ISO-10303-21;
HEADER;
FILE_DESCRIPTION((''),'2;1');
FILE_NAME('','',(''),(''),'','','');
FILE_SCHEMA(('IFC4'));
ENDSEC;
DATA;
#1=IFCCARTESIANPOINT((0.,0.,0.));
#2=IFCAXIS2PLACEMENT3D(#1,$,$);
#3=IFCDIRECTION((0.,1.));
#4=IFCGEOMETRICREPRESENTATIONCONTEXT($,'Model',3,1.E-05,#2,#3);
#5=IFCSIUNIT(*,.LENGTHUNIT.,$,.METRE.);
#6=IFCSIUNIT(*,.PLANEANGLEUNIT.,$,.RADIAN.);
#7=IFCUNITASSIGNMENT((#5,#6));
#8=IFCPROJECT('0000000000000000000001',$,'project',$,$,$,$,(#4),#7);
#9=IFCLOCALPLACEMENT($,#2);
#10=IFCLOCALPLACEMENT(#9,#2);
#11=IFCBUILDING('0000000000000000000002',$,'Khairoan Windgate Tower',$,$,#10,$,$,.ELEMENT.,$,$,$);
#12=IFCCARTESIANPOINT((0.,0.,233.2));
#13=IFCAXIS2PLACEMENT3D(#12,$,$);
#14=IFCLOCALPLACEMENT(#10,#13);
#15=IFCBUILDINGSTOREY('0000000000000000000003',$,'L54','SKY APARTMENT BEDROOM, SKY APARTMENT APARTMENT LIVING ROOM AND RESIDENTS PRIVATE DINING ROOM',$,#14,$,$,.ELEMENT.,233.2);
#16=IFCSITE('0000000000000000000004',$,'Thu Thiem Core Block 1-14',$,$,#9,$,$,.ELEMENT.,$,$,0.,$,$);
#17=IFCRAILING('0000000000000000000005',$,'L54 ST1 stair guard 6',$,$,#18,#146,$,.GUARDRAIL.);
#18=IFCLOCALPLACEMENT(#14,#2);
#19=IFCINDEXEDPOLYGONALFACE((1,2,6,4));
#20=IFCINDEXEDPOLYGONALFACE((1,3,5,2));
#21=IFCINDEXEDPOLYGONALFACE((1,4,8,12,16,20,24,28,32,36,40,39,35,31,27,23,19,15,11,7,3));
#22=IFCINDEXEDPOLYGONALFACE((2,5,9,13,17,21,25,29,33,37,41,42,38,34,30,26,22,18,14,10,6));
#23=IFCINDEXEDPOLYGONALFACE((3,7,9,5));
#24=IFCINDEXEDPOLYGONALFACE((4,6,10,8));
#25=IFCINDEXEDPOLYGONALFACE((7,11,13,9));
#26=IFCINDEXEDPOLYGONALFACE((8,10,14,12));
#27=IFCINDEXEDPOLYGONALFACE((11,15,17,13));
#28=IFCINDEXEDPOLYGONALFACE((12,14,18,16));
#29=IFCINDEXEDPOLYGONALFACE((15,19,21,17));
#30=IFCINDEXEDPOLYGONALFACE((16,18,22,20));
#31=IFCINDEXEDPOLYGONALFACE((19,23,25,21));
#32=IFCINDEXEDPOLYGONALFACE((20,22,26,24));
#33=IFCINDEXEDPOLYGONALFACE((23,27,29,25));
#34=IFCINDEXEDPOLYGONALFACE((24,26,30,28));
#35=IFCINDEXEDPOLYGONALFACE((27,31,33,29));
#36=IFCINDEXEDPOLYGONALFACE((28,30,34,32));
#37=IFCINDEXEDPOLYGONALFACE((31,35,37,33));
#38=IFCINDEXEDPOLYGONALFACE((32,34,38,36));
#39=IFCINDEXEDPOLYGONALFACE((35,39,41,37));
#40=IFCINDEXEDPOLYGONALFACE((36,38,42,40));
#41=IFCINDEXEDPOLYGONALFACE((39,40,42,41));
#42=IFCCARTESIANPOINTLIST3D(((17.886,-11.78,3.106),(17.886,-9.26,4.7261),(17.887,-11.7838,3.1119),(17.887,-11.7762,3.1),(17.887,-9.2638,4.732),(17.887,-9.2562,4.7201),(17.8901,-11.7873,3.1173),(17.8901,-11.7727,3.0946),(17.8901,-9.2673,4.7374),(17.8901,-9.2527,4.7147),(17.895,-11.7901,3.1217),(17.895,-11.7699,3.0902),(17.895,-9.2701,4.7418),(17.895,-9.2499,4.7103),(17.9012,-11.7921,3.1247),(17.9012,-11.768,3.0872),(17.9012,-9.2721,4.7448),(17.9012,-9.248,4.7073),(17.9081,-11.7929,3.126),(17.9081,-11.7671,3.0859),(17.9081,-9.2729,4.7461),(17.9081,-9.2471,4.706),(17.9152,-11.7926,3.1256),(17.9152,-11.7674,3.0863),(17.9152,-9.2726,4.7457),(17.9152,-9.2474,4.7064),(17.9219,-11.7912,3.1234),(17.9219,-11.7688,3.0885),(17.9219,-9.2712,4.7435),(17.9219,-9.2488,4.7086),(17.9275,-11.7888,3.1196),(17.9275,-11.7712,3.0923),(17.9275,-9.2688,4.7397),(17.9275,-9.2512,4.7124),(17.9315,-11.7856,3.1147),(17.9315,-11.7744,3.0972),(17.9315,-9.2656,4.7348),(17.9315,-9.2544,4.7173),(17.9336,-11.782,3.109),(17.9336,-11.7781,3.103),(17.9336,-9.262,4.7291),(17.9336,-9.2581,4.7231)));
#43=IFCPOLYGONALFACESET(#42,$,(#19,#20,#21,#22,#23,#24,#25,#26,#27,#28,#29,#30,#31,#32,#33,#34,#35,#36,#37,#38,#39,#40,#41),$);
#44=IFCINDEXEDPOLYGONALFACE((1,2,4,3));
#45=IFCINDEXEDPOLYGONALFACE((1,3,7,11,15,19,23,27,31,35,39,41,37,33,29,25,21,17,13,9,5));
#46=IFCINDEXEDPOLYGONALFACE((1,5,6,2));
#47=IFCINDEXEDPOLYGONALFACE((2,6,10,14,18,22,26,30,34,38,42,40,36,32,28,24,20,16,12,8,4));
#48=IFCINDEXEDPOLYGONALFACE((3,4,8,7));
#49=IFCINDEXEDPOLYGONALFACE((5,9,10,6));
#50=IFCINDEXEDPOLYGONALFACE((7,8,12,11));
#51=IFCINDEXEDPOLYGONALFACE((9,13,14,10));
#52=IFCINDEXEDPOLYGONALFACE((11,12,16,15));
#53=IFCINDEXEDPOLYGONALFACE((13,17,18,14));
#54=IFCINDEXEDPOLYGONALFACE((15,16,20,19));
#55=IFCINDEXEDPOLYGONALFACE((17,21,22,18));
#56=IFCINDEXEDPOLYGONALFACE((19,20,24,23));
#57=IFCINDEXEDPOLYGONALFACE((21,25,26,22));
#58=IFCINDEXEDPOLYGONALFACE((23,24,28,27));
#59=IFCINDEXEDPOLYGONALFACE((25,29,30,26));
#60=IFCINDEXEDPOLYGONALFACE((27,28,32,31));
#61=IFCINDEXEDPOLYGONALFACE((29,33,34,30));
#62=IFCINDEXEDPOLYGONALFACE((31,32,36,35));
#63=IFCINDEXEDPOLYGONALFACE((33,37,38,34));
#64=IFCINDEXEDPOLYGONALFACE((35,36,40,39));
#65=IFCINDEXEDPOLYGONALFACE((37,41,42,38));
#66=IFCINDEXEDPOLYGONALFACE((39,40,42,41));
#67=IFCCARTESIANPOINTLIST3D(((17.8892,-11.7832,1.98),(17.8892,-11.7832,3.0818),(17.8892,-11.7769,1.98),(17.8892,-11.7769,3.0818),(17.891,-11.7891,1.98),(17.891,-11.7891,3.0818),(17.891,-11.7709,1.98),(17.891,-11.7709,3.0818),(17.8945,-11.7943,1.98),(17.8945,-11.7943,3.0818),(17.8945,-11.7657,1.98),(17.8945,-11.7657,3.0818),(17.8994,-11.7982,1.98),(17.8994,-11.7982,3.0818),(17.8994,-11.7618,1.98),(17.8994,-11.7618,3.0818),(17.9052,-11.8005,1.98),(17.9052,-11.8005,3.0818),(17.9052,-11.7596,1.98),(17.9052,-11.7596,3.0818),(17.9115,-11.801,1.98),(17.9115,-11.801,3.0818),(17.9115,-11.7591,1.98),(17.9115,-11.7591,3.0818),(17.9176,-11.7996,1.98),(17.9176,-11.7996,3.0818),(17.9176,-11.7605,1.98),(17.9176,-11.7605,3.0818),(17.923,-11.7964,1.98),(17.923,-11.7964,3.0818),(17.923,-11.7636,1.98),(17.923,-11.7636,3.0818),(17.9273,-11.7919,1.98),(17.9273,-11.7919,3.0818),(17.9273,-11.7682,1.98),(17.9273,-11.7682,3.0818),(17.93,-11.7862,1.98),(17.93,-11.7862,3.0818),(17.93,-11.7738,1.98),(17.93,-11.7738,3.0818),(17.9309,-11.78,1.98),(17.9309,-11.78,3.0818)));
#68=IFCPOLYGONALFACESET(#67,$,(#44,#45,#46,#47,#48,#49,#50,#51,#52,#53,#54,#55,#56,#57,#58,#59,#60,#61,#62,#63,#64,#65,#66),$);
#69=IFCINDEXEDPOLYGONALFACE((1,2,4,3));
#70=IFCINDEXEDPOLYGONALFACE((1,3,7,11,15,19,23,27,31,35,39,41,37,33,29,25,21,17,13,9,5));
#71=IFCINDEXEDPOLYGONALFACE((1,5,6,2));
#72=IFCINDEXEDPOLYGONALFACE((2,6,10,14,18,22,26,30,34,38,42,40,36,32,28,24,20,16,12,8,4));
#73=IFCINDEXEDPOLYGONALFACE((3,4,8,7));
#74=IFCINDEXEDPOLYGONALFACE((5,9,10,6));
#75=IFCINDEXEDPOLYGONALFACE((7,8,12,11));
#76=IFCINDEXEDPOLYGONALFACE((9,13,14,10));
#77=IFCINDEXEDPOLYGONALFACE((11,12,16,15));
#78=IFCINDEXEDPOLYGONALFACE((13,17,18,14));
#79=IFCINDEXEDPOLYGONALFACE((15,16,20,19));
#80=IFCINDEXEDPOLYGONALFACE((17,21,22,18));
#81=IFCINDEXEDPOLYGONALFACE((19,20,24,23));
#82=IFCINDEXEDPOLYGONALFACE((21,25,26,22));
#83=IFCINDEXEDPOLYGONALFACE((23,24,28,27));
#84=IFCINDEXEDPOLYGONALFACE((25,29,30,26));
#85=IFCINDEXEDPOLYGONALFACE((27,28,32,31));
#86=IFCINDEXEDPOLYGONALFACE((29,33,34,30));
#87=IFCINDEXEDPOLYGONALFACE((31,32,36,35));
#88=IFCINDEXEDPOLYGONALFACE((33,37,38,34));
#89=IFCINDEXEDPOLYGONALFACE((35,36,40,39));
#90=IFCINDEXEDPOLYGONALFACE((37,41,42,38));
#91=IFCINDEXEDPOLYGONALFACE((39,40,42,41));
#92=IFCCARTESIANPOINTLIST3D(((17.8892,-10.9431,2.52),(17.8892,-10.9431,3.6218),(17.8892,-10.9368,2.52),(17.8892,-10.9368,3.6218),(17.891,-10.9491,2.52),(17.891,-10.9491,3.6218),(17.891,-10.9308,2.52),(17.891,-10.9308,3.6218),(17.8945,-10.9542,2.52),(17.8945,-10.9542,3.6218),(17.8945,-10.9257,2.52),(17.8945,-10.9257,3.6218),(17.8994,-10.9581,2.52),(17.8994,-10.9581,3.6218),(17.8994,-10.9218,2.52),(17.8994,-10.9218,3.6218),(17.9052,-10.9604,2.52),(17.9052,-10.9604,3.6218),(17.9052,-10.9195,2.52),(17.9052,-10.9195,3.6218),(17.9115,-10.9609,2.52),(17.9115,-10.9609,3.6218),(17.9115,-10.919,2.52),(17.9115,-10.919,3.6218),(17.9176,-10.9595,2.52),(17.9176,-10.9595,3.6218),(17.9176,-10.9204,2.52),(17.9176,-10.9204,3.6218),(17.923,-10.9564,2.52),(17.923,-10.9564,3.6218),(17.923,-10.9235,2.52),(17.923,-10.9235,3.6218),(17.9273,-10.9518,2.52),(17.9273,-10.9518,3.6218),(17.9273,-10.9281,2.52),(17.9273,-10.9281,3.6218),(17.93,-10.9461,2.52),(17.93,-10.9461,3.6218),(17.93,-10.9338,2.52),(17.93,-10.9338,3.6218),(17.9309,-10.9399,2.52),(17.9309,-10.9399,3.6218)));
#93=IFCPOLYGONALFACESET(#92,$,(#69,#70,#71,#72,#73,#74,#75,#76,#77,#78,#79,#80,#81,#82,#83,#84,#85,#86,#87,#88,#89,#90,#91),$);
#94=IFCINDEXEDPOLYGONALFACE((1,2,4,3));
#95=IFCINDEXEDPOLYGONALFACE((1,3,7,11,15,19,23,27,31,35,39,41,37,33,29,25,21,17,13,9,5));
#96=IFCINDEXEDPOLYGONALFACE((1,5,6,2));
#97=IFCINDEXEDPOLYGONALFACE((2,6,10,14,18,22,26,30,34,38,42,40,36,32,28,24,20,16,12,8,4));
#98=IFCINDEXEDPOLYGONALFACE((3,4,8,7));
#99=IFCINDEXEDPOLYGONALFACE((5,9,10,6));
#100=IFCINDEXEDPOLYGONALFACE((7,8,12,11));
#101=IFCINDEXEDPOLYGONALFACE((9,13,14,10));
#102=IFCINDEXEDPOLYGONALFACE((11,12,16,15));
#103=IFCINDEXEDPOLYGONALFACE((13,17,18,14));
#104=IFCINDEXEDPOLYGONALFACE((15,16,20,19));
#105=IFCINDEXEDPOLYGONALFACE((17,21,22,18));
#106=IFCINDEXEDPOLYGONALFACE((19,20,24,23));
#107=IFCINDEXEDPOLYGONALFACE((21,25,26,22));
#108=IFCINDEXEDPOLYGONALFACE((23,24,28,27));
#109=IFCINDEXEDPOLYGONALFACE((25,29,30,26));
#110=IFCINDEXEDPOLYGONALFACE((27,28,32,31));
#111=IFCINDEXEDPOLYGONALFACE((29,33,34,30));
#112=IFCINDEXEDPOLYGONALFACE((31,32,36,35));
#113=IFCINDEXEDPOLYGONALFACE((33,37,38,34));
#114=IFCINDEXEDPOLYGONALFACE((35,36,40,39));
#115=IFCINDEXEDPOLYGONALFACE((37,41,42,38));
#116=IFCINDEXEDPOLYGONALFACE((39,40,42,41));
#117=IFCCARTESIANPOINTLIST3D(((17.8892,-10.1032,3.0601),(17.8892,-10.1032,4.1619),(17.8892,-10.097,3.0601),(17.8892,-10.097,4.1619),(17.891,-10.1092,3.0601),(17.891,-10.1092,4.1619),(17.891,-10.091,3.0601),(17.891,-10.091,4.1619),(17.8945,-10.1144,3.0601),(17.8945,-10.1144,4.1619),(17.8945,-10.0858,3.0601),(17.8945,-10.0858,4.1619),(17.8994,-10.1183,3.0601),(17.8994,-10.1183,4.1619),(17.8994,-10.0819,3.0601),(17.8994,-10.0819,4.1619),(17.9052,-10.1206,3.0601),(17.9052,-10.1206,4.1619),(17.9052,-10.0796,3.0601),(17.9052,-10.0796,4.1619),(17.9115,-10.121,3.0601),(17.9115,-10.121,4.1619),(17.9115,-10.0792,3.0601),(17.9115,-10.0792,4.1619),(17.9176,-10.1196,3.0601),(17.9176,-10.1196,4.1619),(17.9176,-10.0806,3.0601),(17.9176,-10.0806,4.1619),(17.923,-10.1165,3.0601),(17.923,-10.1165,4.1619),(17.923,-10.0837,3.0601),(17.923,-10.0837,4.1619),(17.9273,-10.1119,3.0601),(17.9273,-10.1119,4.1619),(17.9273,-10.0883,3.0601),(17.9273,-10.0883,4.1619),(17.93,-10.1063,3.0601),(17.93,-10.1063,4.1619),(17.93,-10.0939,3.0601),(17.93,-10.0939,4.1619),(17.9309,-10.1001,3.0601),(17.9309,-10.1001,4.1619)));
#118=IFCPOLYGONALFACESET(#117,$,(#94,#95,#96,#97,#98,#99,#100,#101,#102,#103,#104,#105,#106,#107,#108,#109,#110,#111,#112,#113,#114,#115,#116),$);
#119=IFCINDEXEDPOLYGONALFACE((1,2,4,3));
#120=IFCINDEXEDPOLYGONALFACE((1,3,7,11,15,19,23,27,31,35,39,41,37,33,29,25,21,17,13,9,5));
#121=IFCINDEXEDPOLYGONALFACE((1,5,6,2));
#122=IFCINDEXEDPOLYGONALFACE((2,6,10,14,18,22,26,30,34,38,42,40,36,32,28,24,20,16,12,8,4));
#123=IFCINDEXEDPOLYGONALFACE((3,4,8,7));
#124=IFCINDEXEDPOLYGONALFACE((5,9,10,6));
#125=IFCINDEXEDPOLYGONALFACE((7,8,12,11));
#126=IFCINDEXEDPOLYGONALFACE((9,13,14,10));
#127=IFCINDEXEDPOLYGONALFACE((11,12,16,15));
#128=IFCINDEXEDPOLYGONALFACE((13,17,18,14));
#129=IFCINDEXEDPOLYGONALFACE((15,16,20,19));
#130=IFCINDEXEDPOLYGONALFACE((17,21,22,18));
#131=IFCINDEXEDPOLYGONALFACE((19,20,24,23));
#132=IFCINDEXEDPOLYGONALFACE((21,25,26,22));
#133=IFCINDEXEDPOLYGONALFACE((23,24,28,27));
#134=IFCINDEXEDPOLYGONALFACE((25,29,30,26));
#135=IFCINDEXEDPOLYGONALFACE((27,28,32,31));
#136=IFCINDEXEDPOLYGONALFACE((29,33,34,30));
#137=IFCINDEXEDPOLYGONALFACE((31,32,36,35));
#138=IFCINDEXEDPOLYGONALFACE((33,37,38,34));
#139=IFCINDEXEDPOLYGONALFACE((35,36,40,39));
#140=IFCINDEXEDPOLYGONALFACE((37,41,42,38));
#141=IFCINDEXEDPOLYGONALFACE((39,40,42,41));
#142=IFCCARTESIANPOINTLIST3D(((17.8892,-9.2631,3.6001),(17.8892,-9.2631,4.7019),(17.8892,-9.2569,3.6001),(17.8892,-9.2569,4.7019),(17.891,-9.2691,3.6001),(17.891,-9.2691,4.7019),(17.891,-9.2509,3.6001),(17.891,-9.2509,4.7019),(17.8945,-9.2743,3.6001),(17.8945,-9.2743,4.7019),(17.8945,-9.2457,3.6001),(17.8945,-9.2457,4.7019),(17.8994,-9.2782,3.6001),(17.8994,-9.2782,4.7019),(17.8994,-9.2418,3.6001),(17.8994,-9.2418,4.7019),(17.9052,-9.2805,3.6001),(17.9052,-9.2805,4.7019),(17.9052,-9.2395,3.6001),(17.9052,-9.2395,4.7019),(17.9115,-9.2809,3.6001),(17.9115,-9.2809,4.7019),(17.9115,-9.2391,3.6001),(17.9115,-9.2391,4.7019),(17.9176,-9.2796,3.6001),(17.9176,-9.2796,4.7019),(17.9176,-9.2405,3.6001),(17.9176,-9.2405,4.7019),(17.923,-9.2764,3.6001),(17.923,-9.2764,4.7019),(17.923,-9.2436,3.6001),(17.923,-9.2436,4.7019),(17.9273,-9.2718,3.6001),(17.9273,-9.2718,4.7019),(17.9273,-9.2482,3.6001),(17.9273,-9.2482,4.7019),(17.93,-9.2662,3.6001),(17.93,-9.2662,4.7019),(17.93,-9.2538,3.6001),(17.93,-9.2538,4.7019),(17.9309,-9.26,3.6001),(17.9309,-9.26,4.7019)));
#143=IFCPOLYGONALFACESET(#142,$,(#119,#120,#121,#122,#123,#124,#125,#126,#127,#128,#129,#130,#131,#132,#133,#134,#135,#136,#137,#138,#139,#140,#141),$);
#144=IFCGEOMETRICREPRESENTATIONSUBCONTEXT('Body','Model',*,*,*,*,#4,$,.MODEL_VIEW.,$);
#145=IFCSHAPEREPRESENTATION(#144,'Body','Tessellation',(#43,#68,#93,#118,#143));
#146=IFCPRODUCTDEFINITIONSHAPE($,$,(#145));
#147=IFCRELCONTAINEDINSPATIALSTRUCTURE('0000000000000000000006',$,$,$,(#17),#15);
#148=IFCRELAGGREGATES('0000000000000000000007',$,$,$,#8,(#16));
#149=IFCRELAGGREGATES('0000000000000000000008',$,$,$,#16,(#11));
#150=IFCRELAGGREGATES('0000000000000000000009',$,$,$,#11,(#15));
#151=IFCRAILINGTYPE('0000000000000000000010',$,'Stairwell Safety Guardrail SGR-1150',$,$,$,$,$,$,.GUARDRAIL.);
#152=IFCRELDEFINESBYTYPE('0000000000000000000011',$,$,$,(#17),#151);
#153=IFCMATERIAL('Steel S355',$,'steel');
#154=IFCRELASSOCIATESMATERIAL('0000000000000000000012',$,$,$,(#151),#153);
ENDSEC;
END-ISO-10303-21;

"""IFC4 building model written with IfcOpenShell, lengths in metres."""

from ifc_helpers import new_model, si_unit, direction, frame, origin, origin_2d, place, context, subcontext, project, spatial, circle, extrude, material, type_object, element, save


model = new_model("IFC4")

# Units and contexts
model_context = context("Model", 3, precision=1e-05, world=origin(), true_north=direction((0.0, 1.0)))
body_context = subcontext(model_context, "Body", "Model", "MODEL_VIEW")
ifc_project = project(units=[si_unit("LENGTHUNIT", "METRE"), si_unit("PLANEANGLEUNIT", "RADIAN")], contexts=[model_context])

# Site, building, storey
site_placement = place(None, origin())
site = spatial("IfcSite", under=ifc_project, at=site_placement, Name="Thu Thiem Core Block 1-14", CompositionType="ELEMENT", RefElevation=0.0)
building_placement = place(site_placement, origin())
building = spatial("IfcBuilding", under=site, at=building_placement, Name="Khairoan Windgate Tower", CompositionType="ELEMENT")
storey_placement = place(building_placement, frame((0.0, 0.0, 233.2)))
storey = spatial("IfcBuildingStorey", under=building, at=storey_placement, Name="L54", Description="SKY APARTMENT BEDROOM, SKY APARTMENT APARTMENT LIVING ROOM AND RESIDENTS PRIVATE DINING ROOM", CompositionType="ELEMENT", Elevation=233.2)

# Railing
ifc_material_1 = material(Name="Steel S355", Category="steel")
railing_type = type_object("IfcRailingType", Name="Stairwell Safety Guardrail SGR-1150", PredefinedType="GUARDRAIL", material=ifc_material_1)
railing_1_placement = place(storey_placement, frame((17.9099, -11.78, 1.98)))
element("IfcRailing", 1, at=railing_1_placement, inside=storey, type_object=railing_type, Name="L54 ST1 stair guard 6", PredefinedType="GUARDRAIL", context=body_context, shape_type="SweptSolid", body=[
    extrude(circle(Radius=0.0239, at=origin_2d()), frame((0.0, 0.0, 1.126), z_axis=(0.0, 0.841163, 0.540782), x_axis=(-1.0, 0.0, 0.0)), (0.0, 0.0, 1.0), 2.9958),
    extrude(circle(Radius=0.021, at=origin_2d()), origin(), (0.0, 0.0, 1.0), 1.1018),
    extrude(circle(Radius=0.021, at=origin_2d()), frame((0.0, 0.8401, 0.54)), (0.0, 0.0, 1.0), 1.1018),
    extrude(circle(Radius=0.021, at=origin_2d()), frame((0.0, 1.6799, 1.0801)), (0.0, 0.0, 1.0), 1.1018),
    extrude(circle(Radius=0.021, at=origin_2d()), frame((0.0, 2.52, 1.6201)), (0.0, 0.0, 1.0), 1.1018),
])

save(model, "model.ifc")
